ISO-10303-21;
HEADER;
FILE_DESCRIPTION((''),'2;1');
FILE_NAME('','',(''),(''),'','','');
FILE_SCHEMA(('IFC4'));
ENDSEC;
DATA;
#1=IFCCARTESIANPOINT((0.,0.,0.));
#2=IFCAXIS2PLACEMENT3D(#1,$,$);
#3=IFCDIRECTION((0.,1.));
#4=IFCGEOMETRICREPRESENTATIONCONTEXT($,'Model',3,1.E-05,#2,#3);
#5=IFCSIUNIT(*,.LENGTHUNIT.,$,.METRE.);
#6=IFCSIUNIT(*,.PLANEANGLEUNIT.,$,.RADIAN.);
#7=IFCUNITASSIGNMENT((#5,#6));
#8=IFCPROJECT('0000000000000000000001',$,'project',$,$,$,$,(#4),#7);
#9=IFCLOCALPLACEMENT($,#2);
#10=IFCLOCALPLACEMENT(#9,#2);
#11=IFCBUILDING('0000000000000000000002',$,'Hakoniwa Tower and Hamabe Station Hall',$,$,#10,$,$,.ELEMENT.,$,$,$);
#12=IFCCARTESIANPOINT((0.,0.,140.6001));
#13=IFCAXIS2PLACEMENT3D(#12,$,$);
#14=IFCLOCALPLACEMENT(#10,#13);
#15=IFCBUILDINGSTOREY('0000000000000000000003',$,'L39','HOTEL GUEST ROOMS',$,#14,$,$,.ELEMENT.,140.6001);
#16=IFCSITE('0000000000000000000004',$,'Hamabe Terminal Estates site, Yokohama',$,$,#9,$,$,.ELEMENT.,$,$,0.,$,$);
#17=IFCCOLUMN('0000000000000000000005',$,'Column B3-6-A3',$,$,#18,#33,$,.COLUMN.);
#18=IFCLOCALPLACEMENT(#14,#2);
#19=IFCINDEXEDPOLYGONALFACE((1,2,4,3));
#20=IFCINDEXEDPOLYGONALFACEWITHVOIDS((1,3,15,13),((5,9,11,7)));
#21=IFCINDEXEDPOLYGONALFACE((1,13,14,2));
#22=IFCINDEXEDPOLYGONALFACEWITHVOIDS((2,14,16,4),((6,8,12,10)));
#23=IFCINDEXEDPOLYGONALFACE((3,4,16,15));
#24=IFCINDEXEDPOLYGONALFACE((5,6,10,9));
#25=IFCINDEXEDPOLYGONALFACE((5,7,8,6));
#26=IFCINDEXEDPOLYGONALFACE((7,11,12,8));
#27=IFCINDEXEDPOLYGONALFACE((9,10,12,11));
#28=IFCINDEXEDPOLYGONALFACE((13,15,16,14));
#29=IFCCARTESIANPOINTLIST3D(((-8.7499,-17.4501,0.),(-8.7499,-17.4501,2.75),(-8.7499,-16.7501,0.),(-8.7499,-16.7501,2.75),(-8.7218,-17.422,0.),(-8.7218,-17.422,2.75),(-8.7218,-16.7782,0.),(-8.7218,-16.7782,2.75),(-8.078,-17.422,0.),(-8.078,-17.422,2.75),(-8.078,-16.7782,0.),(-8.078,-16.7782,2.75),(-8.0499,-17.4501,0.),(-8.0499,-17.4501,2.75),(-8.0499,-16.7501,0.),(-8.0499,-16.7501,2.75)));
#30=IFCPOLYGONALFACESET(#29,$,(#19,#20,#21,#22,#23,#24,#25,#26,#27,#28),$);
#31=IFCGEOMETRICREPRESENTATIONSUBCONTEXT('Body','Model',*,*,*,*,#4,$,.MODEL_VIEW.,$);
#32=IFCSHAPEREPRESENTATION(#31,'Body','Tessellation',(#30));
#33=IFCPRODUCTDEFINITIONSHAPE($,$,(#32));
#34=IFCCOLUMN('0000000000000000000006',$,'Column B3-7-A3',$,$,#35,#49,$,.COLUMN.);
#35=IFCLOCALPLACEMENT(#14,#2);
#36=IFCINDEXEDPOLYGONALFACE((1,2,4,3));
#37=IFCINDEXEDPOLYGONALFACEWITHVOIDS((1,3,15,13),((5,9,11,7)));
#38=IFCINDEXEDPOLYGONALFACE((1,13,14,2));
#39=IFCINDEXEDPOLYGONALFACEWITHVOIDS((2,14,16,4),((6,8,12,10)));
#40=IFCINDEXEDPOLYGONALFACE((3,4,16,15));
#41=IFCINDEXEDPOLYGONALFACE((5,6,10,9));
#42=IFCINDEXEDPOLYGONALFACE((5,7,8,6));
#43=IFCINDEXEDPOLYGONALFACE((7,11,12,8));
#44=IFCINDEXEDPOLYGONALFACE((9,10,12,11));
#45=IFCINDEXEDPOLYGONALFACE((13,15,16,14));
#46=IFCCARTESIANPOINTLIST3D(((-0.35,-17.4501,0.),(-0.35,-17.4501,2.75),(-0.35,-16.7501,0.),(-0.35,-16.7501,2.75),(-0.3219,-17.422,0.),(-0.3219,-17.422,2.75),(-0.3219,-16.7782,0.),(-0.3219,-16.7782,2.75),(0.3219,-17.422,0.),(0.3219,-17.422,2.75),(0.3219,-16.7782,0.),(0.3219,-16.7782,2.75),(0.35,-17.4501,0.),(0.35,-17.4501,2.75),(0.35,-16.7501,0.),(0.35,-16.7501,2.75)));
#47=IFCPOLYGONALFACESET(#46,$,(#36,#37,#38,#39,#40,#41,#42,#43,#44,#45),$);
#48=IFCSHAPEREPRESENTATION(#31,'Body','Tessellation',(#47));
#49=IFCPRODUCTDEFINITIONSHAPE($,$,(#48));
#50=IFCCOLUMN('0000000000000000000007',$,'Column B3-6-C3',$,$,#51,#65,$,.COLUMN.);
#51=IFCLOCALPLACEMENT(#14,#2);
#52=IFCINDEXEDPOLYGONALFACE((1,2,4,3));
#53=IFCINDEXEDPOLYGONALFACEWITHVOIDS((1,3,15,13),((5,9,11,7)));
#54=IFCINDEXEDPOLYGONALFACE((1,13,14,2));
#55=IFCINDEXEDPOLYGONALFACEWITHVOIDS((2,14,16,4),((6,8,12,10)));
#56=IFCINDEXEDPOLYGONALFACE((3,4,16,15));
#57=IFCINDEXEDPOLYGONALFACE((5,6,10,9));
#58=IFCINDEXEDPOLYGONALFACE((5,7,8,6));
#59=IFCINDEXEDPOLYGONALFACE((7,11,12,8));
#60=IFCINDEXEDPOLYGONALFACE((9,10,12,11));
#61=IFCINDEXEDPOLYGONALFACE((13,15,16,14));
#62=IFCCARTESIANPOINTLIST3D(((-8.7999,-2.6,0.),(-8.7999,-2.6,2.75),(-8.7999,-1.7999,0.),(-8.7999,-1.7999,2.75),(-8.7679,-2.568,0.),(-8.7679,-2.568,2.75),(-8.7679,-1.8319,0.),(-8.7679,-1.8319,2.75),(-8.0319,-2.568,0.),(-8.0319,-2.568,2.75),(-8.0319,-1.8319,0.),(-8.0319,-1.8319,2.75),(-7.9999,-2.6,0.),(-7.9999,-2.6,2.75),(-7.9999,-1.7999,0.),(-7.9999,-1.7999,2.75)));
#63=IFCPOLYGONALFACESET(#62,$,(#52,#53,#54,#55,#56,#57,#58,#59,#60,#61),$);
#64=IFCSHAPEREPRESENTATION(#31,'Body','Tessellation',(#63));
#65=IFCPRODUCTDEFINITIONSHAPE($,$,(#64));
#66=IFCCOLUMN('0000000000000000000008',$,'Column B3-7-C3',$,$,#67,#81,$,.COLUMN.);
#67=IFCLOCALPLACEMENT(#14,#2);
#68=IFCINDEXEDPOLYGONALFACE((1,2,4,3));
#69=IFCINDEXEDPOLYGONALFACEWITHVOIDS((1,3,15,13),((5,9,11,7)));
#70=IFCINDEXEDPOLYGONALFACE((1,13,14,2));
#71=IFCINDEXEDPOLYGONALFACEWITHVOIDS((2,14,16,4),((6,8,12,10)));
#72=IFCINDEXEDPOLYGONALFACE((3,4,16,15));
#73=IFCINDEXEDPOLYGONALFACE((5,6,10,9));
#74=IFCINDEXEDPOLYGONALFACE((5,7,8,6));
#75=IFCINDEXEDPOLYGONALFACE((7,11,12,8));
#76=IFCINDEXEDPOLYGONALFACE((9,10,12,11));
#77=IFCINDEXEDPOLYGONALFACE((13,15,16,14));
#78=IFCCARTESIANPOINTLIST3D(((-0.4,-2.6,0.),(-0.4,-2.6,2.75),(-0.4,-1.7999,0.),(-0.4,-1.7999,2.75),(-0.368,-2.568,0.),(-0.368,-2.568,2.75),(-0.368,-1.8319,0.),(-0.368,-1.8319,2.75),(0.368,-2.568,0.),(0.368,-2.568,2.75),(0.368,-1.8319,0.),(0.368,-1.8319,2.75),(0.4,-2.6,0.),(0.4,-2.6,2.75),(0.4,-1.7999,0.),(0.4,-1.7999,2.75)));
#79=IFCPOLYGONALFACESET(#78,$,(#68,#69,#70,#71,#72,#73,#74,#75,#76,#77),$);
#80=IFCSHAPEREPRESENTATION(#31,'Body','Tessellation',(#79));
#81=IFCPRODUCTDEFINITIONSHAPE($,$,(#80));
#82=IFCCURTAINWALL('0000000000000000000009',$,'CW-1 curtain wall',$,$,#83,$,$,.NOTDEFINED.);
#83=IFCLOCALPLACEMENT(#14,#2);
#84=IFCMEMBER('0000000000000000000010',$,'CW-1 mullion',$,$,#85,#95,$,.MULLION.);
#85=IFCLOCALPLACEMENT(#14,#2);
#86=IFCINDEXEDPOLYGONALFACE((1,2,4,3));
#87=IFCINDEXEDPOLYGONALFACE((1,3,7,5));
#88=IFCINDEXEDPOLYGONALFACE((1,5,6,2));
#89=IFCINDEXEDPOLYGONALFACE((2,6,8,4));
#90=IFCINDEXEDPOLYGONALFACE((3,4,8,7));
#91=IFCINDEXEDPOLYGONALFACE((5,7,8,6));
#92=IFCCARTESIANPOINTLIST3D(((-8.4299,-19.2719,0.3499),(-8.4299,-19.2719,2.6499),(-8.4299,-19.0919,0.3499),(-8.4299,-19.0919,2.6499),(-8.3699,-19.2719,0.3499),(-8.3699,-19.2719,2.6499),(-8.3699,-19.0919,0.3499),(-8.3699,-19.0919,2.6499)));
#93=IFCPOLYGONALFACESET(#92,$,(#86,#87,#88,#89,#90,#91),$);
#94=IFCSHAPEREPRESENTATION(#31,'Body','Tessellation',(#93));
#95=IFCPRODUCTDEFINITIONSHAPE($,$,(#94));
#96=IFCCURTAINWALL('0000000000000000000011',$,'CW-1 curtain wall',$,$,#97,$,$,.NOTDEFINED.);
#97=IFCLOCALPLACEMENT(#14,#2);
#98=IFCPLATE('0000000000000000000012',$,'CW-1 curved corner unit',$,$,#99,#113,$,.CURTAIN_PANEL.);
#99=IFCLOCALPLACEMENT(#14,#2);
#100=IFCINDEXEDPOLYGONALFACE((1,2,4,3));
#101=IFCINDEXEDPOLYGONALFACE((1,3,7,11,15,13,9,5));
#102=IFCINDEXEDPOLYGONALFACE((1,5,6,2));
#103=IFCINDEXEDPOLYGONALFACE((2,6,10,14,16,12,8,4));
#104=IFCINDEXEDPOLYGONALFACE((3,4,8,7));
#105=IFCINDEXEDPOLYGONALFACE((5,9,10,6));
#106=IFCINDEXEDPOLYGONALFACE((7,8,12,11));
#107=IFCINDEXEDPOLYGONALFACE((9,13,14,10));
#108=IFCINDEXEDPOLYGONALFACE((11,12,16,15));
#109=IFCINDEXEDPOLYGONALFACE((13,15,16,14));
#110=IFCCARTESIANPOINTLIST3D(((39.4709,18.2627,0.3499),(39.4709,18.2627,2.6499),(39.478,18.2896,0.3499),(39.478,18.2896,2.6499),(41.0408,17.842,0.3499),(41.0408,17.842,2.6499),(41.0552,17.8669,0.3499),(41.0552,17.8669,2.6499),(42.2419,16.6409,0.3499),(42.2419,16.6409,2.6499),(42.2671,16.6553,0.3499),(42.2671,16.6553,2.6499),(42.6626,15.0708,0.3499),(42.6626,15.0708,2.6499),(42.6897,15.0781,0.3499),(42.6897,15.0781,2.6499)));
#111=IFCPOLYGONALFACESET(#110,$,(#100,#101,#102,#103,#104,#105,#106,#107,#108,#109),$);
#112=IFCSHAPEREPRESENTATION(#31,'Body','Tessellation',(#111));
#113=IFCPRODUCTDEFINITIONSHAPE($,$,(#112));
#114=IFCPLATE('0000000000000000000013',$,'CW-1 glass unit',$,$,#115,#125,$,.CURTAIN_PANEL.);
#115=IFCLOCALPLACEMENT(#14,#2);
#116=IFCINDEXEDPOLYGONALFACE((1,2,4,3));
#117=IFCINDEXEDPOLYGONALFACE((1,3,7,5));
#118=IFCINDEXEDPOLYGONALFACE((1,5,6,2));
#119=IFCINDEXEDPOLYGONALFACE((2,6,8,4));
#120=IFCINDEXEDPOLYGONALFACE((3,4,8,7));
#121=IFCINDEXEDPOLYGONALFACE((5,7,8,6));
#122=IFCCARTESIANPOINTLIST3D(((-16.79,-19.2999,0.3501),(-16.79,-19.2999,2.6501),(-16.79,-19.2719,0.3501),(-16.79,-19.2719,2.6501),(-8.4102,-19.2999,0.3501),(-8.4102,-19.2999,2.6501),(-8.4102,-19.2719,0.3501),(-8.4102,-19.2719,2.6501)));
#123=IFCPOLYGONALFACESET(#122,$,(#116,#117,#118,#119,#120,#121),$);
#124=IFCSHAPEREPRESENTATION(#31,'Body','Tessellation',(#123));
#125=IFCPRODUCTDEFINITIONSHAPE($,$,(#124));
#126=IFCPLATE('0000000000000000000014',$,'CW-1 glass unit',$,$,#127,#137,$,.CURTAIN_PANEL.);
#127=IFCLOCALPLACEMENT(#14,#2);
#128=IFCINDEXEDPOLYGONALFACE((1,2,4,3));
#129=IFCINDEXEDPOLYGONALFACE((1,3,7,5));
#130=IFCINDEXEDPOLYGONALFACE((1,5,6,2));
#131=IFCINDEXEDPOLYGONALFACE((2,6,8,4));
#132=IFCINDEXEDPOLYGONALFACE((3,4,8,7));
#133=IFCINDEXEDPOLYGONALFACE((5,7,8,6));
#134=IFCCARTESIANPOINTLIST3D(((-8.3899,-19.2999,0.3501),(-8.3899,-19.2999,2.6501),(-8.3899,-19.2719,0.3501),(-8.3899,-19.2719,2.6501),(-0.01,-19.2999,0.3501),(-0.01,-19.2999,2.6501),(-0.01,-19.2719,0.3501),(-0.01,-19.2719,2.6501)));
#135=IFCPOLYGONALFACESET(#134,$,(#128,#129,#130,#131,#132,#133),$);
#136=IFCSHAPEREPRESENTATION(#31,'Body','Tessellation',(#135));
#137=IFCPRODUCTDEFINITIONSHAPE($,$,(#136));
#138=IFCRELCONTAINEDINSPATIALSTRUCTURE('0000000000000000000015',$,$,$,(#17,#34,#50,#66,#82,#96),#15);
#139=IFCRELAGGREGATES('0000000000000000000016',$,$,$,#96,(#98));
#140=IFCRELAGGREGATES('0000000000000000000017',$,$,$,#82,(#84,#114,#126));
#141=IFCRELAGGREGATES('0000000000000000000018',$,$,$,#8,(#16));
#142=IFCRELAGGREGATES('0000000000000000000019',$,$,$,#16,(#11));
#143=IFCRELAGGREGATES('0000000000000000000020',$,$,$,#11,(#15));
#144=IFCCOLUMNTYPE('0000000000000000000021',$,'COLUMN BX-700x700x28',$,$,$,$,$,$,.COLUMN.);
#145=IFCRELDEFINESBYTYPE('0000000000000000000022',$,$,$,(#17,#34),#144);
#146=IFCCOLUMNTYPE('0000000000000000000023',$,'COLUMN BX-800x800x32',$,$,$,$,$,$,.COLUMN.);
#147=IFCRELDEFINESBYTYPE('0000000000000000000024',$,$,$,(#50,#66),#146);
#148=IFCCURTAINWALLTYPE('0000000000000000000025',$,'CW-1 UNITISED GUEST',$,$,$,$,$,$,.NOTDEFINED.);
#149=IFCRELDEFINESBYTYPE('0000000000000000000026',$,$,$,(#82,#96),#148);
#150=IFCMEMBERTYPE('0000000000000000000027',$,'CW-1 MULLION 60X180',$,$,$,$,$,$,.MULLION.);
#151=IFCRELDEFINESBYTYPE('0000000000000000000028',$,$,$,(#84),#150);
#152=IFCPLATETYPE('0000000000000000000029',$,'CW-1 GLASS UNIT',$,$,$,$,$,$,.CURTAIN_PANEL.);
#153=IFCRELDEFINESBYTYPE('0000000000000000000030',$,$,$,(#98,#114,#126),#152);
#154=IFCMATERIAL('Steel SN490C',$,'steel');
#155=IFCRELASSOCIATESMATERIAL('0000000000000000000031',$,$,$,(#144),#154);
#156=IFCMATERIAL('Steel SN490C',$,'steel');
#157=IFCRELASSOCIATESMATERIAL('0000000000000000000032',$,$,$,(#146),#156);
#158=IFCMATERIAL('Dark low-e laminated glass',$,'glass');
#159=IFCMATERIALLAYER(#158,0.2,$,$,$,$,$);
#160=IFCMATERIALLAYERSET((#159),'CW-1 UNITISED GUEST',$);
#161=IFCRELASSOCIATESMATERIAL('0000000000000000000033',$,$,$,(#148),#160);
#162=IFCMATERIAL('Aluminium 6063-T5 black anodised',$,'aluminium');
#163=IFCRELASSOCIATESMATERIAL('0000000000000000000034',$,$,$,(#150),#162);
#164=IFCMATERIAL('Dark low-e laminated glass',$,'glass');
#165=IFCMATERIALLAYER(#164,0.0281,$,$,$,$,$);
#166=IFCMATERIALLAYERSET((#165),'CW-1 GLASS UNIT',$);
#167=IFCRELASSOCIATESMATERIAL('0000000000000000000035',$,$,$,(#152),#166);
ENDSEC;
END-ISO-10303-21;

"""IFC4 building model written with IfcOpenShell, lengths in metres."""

from ifc_helpers import new_model, si_unit, direction, frame, origin, origin_2d, place, context, subcontext, project, spatial, polyline, rectangle, hollow_rectangle, outline, extrude, material, layer, layer_set, material_profile, profile_set, type_object, element, aggregate, save


model = new_model("IFC4")

# Units and contexts
model_context = context("Model", 3, precision=1e-05, world=origin(), true_north=direction((0.0, 1.0)))
body_context = subcontext(model_context, "Body", "Model", "MODEL_VIEW")
ifc_project = project(units=[si_unit("LENGTHUNIT", "METRE"), si_unit("PLANEANGLEUNIT", "RADIAN")], contexts=[model_context])

# Site, building, storey
site_placement = place(None, origin())
site = spatial("IfcSite", under=ifc_project, at=site_placement, Name="Hamabe Terminal Estates site, Yokohama", CompositionType="ELEMENT", RefElevation=0.0)
building_placement = place(site_placement, origin())
building = spatial("IfcBuilding", under=site, at=building_placement, Name="Hakoniwa Tower and Hamabe Station Hall", CompositionType="ELEMENT")
storey_placement = place(building_placement, frame((0.0, 0.0, 140.6001)))
storey = spatial("IfcBuildingStorey", under=building, at=storey_placement, Name="L39", Description="HOTEL GUEST ROOMS", CompositionType="ELEMENT", Elevation=140.6001)

# Columns
ifc_material_1 = material(Name="Steel SN490C", Category="steel")
ifc_material_profile_1 = material_profile(ifc_material_1, hollow_rectangle(XDim=0.7, YDim=0.7, WallThickness=0.0281, at=origin_2d()), Name="BX-700x700x28")
ifc_profile_set_1 = profile_set([ifc_material_profile_1], Name="Steel SN490C")
column_type_1 = type_object("IfcColumnType", Name="COLUMN BX-700x700x28", PredefinedType="COLUMN", material=ifc_profile_set_1)
for number, where, z_axis, x_axis, name in (
    (1, (-8.3999, -17.1001, 0.0), (0.0, 0.0, 1.0), (1.0, 0.0, 0.0), "Column B3-6-A3"),
    (2, (0.0, -17.1001, 0.0), (0.0, 0.0, 1.0), (1.0, 0.0, 0.0), "Column B3-7-A3"),
):
    element("IfcColumn", number, at=place(storey_placement, frame(where, z_axis=z_axis, x_axis=x_axis)), inside=storey, type_object=column_type_1, Name=name, PredefinedType="COLUMN", context=body_context, shape_type="SweptSolid", body=[
        extrude(hollow_rectangle(XDim=0.7, YDim=0.7, WallThickness=0.0281, at=origin_2d()), origin(), (0.0, 0.0, 1.0), 2.75),
    ])
ifc_material_2 = material(Name="Steel SN490C", Category="steel")
ifc_material_profile_2 = material_profile(ifc_material_2, hollow_rectangle(XDim=0.8, YDim=0.8, WallThickness=0.032, at=origin_2d()), Name="BX-800x800x32")
ifc_profile_set_2 = profile_set([ifc_material_profile_2], Name="Steel SN490C")
column_type_2 = type_object("IfcColumnType", Name="COLUMN BX-800x800x32", PredefinedType="COLUMN", material=ifc_profile_set_2)
for number, where, z_axis, x_axis, name in (
    (3, (-8.3999, -2.2, 0.0), (0.0, 0.0, 1.0), (1.0, 0.0, 0.0), "Column B3-6-C3"),
    (4, (0.0, -2.2, 0.0), (0.0, 0.0, 1.0), (1.0, 0.0, 0.0), "Column B3-7-C3"),
):
    element("IfcColumn", number, at=place(storey_placement, frame(where, z_axis=z_axis, x_axis=x_axis)), inside=storey, type_object=column_type_2, Name=name, PredefinedType="COLUMN", context=body_context, shape_type="SweptSolid", body=[
        extrude(hollow_rectangle(XDim=0.8, YDim=0.8, WallThickness=0.032, at=origin_2d()), origin(), (0.0, 0.0, 1.0), 2.75),
    ])

# Curtain wall, member
ifc_material_3 = material(Name="Dark low-e laminated glass", Category="glass")
ifc_layer_1 = layer(ifc_material_3, 0.2)
ifc_layer_set_1 = layer_set([ifc_layer_1], Name="CW-1 UNITISED GUEST")
curtain_wall_type = type_object("IfcCurtainWallType", Name="CW-1 UNITISED GUEST", PredefinedType="NOTDEFINED", material=ifc_layer_set_1)
curtain_wall_1_placement = place(storey_placement, origin())
curtain_wall_1 = element("IfcCurtainWall", 5, at=curtain_wall_1_placement, inside=storey, type_object=curtain_wall_type, Name="CW-1 curtain wall", PredefinedType="NOTDEFINED")
ifc_material_4 = material(Name="Aluminium 6063-T5 black anodised", Category="aluminium")
ifc_material_profile_3 = material_profile(ifc_material_4, rectangle(XDim=0.0601, YDim=0.1799, at=origin_2d()), Name="CW-1 MULLION 60X180")
ifc_profile_set_3 = profile_set([ifc_material_profile_3], Name="Aluminium 6063-T5 black anodised")
member_type = type_object("IfcMemberType", Name="CW-1 MULLION 60X180", PredefinedType="MULLION", material=ifc_profile_set_3)
member_placement = place(storey_placement, frame((-8.3999, -19.1819, 0.3499), z_axis=(0.0, 0.0, 1.0), x_axis=(1.0, 0.0, 0.0)))
member = element("IfcMember", 6, at=member_placement, type_object=member_type, Name="CW-1 mullion", PredefinedType="MULLION", context=body_context, shape_type="SweptSolid", body=[
    extrude(rectangle(XDim=0.0601, YDim=0.1799, at=origin_2d()), origin(), (0.0, 0.0, 1.0), 2.3),
])

# Curtain wall, plate
curtain_wall_2_placement = place(storey_placement, origin())
curtain_wall_2 = element("IfcCurtainWall", 7, at=curtain_wall_2_placement, inside=storey, type_object=curtain_wall_type, Name="CW-1 curtain wall", PredefinedType="NOTDEFINED")
ifc_material_5 = material(Name="Dark low-e laminated glass", Category="glass")
ifc_layer_2 = layer(ifc_material_5, 0.0281)
ifc_layer_set_2 = layer_set([ifc_layer_2], Name="CW-1 GLASS UNIT")
plate_type = type_object("IfcPlateType", Name="CW-1 GLASS UNIT", PredefinedType="CURTAIN_PANEL", material=ifc_layer_set_2)
plate_1_placement = place(storey_placement, frame((0.0, 0.0, 0.3499)))
plate_1 = element("IfcPlate", 8, at=plate_1_placement, type_object=plate_type, Name="CW-1 curved corner unit", PredefinedType="CURTAIN_PANEL", context=body_context, shape_type="SweptSolid", body=[
    extrude(outline(polyline([(42.6897, 15.0781), (42.2671, 16.6553), (41.0552, 17.8669), (39.478, 18.2896), (39.4709, 18.2627), (41.0408, 17.842), (42.2419, 16.6409), (42.6626, 15.0708), (42.6897, 15.0781)])), origin(), (0.0, 0.0, 1.0), 2.3),
])
aggregate(curtain_wall_2, [plate_1])

# Plates
plate_2_placement = place(storey_placement, frame((-12.6001, -19.2859, 0.3501), z_axis=(0.0, 0.0, 1.0), x_axis=(1.0, 0.0, 0.0)))
plate_2 = element("IfcPlate", 9, at=plate_2_placement, type_object=plate_type, Name="CW-1 glass unit", PredefinedType="CURTAIN_PANEL", context=body_context, shape_type="SweptSolid", body=[
    extrude(rectangle(XDim=8.3799, YDim=0.0281, at=origin_2d()), origin(), (0.0, 0.0, 1.0), 2.3),
])
plate_3_placement = place(storey_placement, frame((-4.2, -19.2859, 0.3501), z_axis=(0.0, 0.0, 1.0), x_axis=(1.0, 0.0, 0.0)))
plate_3 = element("IfcPlate", 10, at=plate_3_placement, type_object=plate_type, Name="CW-1 glass unit", PredefinedType="CURTAIN_PANEL", context=body_context, shape_type="SweptSolid", body=[
    extrude(rectangle(XDim=8.3799, YDim=0.0281, at=origin_2d()), origin(), (0.0, 0.0, 1.0), 2.3),
])
aggregate(curtain_wall_1, [member, plate_2, plate_3])

save(model, "model.ifc")
